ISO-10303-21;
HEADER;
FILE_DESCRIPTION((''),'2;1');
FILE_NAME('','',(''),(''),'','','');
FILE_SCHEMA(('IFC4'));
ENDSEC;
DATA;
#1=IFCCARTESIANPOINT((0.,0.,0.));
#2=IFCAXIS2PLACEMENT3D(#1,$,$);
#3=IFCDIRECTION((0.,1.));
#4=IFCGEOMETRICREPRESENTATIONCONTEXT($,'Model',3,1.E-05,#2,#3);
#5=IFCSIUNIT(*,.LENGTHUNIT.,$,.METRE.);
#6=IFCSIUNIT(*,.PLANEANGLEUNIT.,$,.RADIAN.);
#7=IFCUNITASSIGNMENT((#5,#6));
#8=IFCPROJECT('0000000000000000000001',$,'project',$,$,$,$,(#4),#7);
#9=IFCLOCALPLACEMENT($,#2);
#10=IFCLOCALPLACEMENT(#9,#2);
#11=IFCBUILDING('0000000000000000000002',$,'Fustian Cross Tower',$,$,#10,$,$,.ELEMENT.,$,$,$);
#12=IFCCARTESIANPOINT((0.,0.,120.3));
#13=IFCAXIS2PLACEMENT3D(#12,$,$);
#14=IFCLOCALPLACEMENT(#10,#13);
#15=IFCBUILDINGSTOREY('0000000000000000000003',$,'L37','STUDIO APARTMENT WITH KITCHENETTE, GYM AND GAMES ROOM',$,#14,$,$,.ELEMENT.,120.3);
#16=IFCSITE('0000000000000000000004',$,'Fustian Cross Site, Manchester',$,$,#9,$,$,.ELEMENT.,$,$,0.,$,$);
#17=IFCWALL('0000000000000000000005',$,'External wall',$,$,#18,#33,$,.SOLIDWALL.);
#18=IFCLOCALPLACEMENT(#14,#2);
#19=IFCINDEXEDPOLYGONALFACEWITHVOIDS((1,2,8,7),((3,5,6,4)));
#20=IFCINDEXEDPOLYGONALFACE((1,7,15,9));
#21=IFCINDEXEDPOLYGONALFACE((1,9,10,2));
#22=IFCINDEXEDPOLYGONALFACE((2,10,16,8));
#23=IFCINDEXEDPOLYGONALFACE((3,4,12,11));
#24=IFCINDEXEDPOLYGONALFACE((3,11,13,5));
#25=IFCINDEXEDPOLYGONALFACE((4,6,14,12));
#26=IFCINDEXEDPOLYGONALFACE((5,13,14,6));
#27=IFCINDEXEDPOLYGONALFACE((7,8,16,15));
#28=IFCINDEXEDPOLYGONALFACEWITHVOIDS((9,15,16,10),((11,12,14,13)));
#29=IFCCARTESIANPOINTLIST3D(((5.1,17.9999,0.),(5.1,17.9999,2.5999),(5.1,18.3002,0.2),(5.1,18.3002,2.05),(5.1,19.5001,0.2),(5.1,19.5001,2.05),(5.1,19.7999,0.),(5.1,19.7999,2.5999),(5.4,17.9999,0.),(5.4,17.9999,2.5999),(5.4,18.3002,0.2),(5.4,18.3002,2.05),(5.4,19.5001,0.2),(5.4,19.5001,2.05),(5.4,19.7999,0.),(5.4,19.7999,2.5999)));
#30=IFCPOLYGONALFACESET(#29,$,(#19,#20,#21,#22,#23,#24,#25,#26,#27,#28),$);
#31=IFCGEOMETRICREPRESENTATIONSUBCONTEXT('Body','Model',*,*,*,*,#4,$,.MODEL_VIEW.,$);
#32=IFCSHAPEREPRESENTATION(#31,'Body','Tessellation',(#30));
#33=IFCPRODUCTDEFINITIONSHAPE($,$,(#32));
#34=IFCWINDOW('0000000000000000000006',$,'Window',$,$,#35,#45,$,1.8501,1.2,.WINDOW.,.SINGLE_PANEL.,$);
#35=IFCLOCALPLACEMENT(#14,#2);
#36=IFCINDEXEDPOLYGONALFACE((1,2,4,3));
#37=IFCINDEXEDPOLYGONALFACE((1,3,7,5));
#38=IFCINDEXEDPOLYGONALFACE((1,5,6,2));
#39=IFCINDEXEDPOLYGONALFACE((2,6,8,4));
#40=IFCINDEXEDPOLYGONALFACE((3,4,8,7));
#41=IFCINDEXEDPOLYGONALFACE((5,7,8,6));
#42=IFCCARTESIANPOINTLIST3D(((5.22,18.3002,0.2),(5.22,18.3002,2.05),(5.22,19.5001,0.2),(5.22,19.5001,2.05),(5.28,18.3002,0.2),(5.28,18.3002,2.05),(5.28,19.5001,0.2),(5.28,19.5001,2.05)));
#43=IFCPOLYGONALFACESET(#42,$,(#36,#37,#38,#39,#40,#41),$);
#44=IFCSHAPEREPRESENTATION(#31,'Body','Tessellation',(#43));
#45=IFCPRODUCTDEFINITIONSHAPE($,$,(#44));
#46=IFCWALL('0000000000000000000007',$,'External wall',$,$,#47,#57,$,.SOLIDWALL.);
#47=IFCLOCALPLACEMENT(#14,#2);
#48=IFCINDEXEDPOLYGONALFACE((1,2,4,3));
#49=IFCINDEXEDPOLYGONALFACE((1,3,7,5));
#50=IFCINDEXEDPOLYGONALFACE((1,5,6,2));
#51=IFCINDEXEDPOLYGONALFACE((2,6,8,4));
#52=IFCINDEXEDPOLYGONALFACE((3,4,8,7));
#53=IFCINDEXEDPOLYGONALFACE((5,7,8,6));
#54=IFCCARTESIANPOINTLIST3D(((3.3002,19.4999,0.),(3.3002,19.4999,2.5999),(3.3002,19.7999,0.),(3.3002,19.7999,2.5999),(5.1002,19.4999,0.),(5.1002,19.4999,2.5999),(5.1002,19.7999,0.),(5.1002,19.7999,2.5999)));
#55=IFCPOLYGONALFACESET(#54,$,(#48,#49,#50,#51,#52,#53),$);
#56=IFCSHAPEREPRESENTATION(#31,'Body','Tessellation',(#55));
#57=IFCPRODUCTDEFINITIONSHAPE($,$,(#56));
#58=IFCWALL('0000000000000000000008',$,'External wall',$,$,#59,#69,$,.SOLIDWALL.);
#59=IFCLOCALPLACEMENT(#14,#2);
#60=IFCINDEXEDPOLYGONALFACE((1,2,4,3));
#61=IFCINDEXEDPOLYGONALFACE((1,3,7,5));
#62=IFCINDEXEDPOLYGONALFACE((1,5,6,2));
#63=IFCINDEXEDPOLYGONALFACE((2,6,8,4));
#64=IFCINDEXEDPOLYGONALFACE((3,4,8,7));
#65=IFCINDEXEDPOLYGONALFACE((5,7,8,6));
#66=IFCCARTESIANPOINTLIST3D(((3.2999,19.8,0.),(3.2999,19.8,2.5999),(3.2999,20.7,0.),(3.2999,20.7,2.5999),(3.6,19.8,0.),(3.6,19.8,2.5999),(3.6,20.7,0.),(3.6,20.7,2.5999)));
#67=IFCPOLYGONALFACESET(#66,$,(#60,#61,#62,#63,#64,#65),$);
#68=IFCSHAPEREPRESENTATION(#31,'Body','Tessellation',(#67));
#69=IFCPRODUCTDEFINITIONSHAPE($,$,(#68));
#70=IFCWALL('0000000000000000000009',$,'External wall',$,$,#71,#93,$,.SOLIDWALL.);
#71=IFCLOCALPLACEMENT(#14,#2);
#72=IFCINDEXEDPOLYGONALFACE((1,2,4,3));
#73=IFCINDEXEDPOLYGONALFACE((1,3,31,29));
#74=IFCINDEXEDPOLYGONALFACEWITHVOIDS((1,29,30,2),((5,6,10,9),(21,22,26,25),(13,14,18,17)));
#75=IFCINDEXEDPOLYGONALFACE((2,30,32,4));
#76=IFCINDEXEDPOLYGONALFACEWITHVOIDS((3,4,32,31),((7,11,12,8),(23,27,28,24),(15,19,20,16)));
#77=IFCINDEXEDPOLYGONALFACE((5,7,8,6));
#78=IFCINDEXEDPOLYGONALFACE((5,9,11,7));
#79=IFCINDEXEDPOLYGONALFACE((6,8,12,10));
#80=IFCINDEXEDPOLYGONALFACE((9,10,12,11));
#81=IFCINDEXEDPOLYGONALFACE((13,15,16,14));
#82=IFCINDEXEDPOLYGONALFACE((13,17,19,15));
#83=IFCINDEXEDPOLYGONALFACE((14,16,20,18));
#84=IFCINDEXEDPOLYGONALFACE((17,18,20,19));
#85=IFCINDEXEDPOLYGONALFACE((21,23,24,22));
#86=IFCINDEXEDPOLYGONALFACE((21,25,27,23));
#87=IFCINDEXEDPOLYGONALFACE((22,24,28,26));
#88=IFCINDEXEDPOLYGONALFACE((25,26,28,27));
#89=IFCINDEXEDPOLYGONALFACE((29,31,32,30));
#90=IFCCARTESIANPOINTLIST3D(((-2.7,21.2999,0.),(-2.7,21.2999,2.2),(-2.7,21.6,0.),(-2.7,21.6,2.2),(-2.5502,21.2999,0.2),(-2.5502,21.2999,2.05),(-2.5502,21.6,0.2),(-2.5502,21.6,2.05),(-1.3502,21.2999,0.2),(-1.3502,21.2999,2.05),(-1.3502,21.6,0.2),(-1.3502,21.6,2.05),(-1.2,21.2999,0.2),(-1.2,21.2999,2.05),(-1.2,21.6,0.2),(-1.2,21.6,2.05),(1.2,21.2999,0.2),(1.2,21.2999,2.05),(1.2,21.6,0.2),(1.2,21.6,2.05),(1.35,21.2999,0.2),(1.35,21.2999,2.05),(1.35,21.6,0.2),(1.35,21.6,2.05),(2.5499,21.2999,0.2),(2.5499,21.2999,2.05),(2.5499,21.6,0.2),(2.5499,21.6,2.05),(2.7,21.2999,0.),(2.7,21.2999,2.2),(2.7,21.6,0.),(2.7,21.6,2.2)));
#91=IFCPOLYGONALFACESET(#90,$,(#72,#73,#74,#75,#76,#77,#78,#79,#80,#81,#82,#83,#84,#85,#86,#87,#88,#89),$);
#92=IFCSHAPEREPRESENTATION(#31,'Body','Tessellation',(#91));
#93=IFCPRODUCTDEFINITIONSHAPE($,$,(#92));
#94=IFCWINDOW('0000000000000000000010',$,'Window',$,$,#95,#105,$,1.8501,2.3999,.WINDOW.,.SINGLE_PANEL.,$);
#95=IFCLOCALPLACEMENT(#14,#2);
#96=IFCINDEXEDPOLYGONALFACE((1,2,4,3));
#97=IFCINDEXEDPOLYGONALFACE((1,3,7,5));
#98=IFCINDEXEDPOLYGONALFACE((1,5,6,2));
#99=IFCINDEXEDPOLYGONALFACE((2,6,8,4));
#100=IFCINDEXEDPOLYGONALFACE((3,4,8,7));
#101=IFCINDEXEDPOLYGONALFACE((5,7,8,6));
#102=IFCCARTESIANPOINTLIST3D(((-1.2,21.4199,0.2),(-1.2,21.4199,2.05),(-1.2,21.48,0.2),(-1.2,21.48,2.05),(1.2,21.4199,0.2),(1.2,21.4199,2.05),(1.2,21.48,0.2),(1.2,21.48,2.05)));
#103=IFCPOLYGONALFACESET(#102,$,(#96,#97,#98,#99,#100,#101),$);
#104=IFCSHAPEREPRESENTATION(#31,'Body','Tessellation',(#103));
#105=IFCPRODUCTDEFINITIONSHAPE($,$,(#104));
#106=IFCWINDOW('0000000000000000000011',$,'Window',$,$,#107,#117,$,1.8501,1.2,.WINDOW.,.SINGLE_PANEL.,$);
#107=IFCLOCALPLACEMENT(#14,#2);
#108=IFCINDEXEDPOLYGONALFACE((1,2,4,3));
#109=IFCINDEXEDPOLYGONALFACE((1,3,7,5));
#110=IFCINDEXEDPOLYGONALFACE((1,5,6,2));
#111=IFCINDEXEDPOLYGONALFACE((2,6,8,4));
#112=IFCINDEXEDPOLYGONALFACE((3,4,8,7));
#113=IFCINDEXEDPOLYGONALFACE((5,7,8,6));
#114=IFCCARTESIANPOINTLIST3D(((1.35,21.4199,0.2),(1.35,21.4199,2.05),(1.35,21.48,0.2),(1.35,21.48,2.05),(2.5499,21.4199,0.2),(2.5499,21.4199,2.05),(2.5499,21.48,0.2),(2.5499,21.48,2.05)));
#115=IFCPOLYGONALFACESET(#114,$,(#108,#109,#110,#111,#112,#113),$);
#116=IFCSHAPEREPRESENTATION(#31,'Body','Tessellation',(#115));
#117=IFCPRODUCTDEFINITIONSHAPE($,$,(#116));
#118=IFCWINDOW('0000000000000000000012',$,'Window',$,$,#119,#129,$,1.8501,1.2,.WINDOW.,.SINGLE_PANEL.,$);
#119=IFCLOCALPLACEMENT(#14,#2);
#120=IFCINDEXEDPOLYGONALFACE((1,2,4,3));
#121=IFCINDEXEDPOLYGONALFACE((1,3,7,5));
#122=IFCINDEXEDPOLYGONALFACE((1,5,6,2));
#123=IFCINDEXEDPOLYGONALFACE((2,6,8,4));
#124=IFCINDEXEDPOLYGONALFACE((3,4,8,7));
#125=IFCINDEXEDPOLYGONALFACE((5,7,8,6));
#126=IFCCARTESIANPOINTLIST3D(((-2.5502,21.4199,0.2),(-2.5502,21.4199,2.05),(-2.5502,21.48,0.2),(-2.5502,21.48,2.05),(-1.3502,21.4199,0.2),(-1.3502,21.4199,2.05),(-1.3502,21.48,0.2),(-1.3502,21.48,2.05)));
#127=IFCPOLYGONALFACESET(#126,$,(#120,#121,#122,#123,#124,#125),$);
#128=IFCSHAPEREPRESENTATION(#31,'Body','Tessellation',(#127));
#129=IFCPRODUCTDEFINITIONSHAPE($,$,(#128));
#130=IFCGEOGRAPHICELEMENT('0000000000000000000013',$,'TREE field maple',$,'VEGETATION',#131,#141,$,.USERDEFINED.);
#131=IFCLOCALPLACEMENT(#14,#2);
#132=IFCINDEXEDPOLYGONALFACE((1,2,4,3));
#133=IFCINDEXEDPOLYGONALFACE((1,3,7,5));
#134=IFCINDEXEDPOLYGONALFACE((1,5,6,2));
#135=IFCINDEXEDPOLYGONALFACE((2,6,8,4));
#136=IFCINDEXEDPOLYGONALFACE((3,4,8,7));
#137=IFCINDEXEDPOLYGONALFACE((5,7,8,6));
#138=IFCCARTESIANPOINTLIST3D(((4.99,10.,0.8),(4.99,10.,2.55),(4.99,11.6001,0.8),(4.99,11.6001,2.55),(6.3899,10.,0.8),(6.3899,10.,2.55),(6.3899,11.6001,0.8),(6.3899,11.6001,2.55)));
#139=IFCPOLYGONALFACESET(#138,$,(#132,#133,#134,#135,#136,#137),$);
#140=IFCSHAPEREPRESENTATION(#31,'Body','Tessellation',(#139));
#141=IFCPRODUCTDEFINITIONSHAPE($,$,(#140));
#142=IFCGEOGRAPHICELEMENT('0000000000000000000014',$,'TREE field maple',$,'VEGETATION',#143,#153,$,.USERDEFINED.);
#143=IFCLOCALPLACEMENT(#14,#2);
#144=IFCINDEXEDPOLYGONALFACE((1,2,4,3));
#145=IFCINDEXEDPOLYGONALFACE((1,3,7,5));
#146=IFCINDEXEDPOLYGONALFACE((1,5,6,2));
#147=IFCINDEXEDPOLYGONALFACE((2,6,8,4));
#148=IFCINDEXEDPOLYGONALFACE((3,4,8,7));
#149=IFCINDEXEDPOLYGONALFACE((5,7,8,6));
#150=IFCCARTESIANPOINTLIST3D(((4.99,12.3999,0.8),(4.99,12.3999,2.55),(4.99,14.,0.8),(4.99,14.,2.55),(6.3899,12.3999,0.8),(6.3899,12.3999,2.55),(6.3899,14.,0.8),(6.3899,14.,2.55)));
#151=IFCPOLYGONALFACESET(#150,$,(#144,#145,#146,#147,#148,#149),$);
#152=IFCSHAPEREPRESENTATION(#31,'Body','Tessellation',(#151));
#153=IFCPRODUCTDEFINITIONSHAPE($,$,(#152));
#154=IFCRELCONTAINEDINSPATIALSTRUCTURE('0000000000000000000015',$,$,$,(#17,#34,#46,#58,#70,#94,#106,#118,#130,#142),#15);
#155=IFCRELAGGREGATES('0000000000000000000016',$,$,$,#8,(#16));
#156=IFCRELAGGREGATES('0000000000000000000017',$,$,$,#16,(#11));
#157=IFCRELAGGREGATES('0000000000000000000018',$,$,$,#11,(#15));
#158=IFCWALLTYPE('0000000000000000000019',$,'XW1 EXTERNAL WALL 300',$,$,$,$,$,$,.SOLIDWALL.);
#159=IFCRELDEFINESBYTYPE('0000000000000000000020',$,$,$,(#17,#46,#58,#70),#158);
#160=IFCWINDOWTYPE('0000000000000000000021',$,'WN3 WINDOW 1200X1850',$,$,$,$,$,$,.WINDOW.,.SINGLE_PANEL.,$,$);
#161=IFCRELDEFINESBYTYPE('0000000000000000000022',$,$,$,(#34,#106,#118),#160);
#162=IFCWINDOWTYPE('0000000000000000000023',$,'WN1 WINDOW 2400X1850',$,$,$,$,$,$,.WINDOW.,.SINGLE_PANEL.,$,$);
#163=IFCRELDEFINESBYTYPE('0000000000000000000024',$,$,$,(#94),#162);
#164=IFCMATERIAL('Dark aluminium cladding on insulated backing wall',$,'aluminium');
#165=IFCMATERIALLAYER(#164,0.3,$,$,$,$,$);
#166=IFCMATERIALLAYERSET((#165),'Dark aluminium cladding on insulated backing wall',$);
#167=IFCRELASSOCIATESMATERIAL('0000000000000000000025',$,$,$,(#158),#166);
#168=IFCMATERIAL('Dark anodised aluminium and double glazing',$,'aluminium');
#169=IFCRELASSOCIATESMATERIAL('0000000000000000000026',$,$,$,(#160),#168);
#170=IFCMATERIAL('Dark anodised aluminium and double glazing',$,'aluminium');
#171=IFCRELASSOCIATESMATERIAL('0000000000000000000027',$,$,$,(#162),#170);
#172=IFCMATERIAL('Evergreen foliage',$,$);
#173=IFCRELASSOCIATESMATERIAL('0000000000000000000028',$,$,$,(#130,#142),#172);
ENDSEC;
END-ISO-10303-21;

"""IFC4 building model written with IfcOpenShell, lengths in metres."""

from ifc_helpers import new_model, si_unit, direction, frame, frame_2d, origin, origin_2d, place, context, subcontext, project, spatial, rectangle, extrude, material, layer, layer_set, type_object, element, fill, save


model = new_model("IFC4")

# Units and contexts
model_context = context("Model", 3, precision=1e-05, world=origin(), true_north=direction((0.0, 1.0)))
body_context = subcontext(model_context, "Body", "Model", "MODEL_VIEW")
ifc_project = project(units=[si_unit("LENGTHUNIT", "METRE"), si_unit("PLANEANGLEUNIT", "RADIAN")], contexts=[model_context])

# Site, building, storey
site_placement = place(None, origin())
site = spatial("IfcSite", under=ifc_project, at=site_placement, Name="Fustian Cross Site, Manchester", CompositionType="ELEMENT", RefElevation=0.0)
building_placement = place(site_placement, origin())
building = spatial("IfcBuilding", under=site, at=building_placement, Name="Fustian Cross Tower", CompositionType="ELEMENT")
storey_placement = place(building_placement, frame((0.0, 0.0, 120.3)))
storey = spatial("IfcBuildingStorey", under=building, at=storey_placement, Name="L37", Description="STUDIO APARTMENT WITH KITCHENETTE, GYM AND GAMES ROOM", CompositionType="ELEMENT", Elevation=120.3)

# Shared definitions
ifc_material_1 = material(Name="Dark aluminium cladding on insulated backing wall", Category="aluminium")
ifc_layer_1 = layer(ifc_material_1, 0.3)
ifc_layer_set_1 = layer_set([ifc_layer_1], Name="Dark aluminium cladding on insulated backing wall")
wall_type_1 = type_object("IfcWallType", Name="XW1 EXTERNAL WALL 300", PredefinedType="SOLIDWALL", material=ifc_layer_set_1)

# Wall, opening, window
wall_1_placement = place(storey_placement, frame((5.25, 18.0, 0.0), z_axis=(0.0, 0.0, 1.0), x_axis=(0.0, 1.0, 0.0)))
wall_1 = element("IfcWall", 1, at=wall_1_placement, inside=storey, type_object=wall_type_1, Name="External wall", PredefinedType="SOLIDWALL", context=body_context, shape_type="SweptSolid", body=[
    extrude(rectangle(XDim=1.8, YDim=0.3, at=frame_2d((0.8999, 0.0))), origin(), (0.0, 0.0, 1.0), 2.5999),
])
opening_1_placement = place(wall_1_placement, frame((0.3, 0.0, 0.2)))
opening_1 = element("IfcOpeningElement", 2, at=opening_1_placement, cuts=wall_1, PredefinedType="OPENING", context=body_context, shape_type="SweptSolid", body=[
    extrude(rectangle(XDim=1.2, YDim=1.8501, at=frame_2d((0.6001, 0.925))), frame((0.0, 0.1599, 0.0), z_axis=(0.0, -1.0, 0.0), x_axis=(1.0, 0.0, 0.0)), (0.0, 0.0, 1.0), 0.3201),
])
ifc_material_2 = material(Name="Dark anodised aluminium and double glazing", Category="aluminium")
window_type_1 = type_object("IfcWindowType", Name="WN3 WINDOW 1200X1850", PartitioningType="SINGLE_PANEL", PredefinedType="WINDOW", material=ifc_material_2)
window_1_placement = place(opening_1_placement, origin())
window_1 = element("IfcWindow", 3, at=window_1_placement, inside=storey, type_object=window_type_1, Name="Window", OverallHeight=1.8501, OverallWidth=1.2, PartitioningType="SINGLE_PANEL", PredefinedType="WINDOW", context=body_context, shape_type="SweptSolid", body=[
    extrude(rectangle(XDim=1.2, YDim=1.8501, at=frame_2d((0.6001, 0.925))), frame((0.0, 0.03, 0.0), z_axis=(0.0, -1.0, 0.0), x_axis=(1.0, 0.0, 0.0)), (0.0, 0.0, 1.0), 0.0601),
])
fill(opening_1, window_1)

# Walls
wall_2_placement = place(storey_placement, frame((5.1001, 19.6499, 0.0), z_axis=(0.0, 0.0, 1.0), x_axis=(-1.0, 0.0, 0.0)))
element("IfcWall", 4, at=wall_2_placement, inside=storey, type_object=wall_type_1, Name="External wall", PredefinedType="SOLIDWALL", context=body_context, shape_type="SweptSolid", body=[
    extrude(rectangle(XDim=1.8, YDim=0.3, at=frame_2d((0.8999, 0.0))), origin(), (0.0, 0.0, 1.0), 2.5999),
])
wall_3_placement = place(storey_placement, frame((3.45, 19.8, 0.0), z_axis=(0.0, 0.0, 1.0), x_axis=(0.0, 1.0, 0.0)))
element("IfcWall", 5, at=wall_3_placement, inside=storey, type_object=wall_type_1, Name="External wall", PredefinedType="SOLIDWALL", context=body_context, shape_type="SweptSolid", body=[
    extrude(rectangle(XDim=0.8999, YDim=0.3, at=frame_2d((0.45, 0.0))), origin(), (0.0, 0.0, 1.0), 2.5999),
])

# Wall, openings, windows
wall_4_placement = place(storey_placement, frame((2.7, 21.45, 0.0), z_axis=(0.0, 0.0, 1.0), x_axis=(-1.0, 0.0, 0.0)))
wall_4 = element("IfcWall", 6, at=wall_4_placement, inside=storey, type_object=wall_type_1, Name="External wall", PredefinedType="SOLIDWALL", context=body_context, shape_type="SweptSolid", body=[
    extrude(rectangle(XDim=5.3999, YDim=0.3, at=frame_2d((2.7, 0.0))), origin(), (0.0, 0.0, 1.0), 2.2),
])
opening_2_placement = place(wall_4_placement, frame((1.5, 0.0, 0.2)))
opening_2 = element("IfcOpeningElement", 7, at=opening_2_placement, cuts=wall_4, PredefinedType="OPENING", context=body_context, shape_type="SweptSolid", body=[
    extrude(rectangle(XDim=2.3999, YDim=1.8501, at=frame_2d((1.2, 0.925))), frame((0.0, 0.1599, 0.0), z_axis=(0.0, -1.0, 0.0), x_axis=(1.0, 0.0, 0.0)), (0.0, 0.0, 1.0), 0.3201),
])
opening_3_placement = place(wall_4_placement, frame((0.1499, 0.0, 0.2)))
opening_3 = element("IfcOpeningElement", 8, at=opening_3_placement, cuts=wall_4, PredefinedType="OPENING", context=body_context, shape_type="SweptSolid", body=[
    extrude(rectangle(XDim=1.2, YDim=1.8501, at=frame_2d((0.6001, 0.925))), frame((0.0, 0.1599, 0.0), z_axis=(0.0, -1.0, 0.0), x_axis=(1.0, 0.0, 0.0)), (0.0, 0.0, 1.0), 0.3201),
])
opening_4_placement = place(wall_4_placement, frame((4.05, 0.0, 0.2)))
opening_4 = element("IfcOpeningElement", 9, at=opening_4_placement, cuts=wall_4, PredefinedType="OPENING", context=body_context, shape_type="SweptSolid", body=[
    extrude(rectangle(XDim=1.2, YDim=1.8501, at=frame_2d((0.6001, 0.925))), frame((0.0, 0.1599, 0.0), z_axis=(0.0, -1.0, 0.0), x_axis=(1.0, 0.0, 0.0)), (0.0, 0.0, 1.0), 0.3201),
])
ifc_material_3 = material(Name="Dark anodised aluminium and double glazing", Category="aluminium")
window_type_2 = type_object("IfcWindowType", Name="WN1 WINDOW 2400X1850", PartitioningType="SINGLE_PANEL", PredefinedType="WINDOW", material=ifc_material_3)
window_2_placement = place(opening_2_placement, origin())
window_2 = element("IfcWindow", 10, at=window_2_placement, inside=storey, type_object=window_type_2, Name="Window", OverallHeight=1.8501, OverallWidth=2.3999, PartitioningType="SINGLE_PANEL", PredefinedType="WINDOW", context=body_context, shape_type="SweptSolid", body=[
    extrude(rectangle(XDim=2.3999, YDim=1.8501, at=frame_2d((1.2, 0.925))), frame((0.0, 0.03, 0.0), z_axis=(0.0, -1.0, 0.0), x_axis=(1.0, 0.0, 0.0)), (0.0, 0.0, 1.0), 0.0601),
])
fill(opening_2, window_2)
window_3_placement = place(opening_3_placement, origin())
window_3 = element("IfcWindow", 11, at=window_3_placement, inside=storey, type_object=window_type_1, Name="Window", OverallHeight=1.8501, OverallWidth=1.2, PartitioningType="SINGLE_PANEL", PredefinedType="WINDOW", context=body_context, shape_type="SweptSolid", body=[
    extrude(rectangle(XDim=1.2, YDim=1.8501, at=frame_2d((0.6001, 0.925))), frame((0.0, 0.03, 0.0), z_axis=(0.0, -1.0, 0.0), x_axis=(1.0, 0.0, 0.0)), (0.0, 0.0, 1.0), 0.0601),
])
fill(opening_3, window_3)
window_4_placement = place(opening_4_placement, origin())
window_4 = element("IfcWindow", 12, at=window_4_placement, inside=storey, type_object=window_type_1, Name="Window", OverallHeight=1.8501, OverallWidth=1.2, PartitioningType="SINGLE_PANEL", PredefinedType="WINDOW", context=body_context, shape_type="SweptSolid", body=[
    extrude(rectangle(XDim=1.2, YDim=1.8501, at=frame_2d((0.6001, 0.925))), frame((0.0, 0.03, 0.0), z_axis=(0.0, -1.0, 0.0), x_axis=(1.0, 0.0, 0.0)), (0.0, 0.0, 1.0), 0.0601),
])
fill(opening_4, window_4)

# Geographic elements
ifc_material_4 = material(Name="Evergreen foliage")
for number, where, z_axis, x_axis, name in (
    (13, (5.6899, 10.8, 0.8), (0.0, 0.0, 1.0), (1.0, 0.0, 0.0), "TREE field maple"),
    (14, (5.6899, 13.2, 0.8), (0.0, 0.0, 1.0), (1.0, 0.0, 0.0), "TREE field maple"),
):
    element("IfcGeographicElement", number, at=place(storey_placement, frame(where, z_axis=z_axis, x_axis=x_axis)), inside=storey, material=ifc_material_4, Name=name, ObjectType="VEGETATION", PredefinedType="USERDEFINED", context=body_context, shape_type="SweptSolid", body=[
        extrude(rectangle(XDim=1.3999, YDim=1.6001, at=origin_2d()), origin(), (0.0, 0.0, 1.0), 1.75),
    ])

save(model, "model.ifc")
